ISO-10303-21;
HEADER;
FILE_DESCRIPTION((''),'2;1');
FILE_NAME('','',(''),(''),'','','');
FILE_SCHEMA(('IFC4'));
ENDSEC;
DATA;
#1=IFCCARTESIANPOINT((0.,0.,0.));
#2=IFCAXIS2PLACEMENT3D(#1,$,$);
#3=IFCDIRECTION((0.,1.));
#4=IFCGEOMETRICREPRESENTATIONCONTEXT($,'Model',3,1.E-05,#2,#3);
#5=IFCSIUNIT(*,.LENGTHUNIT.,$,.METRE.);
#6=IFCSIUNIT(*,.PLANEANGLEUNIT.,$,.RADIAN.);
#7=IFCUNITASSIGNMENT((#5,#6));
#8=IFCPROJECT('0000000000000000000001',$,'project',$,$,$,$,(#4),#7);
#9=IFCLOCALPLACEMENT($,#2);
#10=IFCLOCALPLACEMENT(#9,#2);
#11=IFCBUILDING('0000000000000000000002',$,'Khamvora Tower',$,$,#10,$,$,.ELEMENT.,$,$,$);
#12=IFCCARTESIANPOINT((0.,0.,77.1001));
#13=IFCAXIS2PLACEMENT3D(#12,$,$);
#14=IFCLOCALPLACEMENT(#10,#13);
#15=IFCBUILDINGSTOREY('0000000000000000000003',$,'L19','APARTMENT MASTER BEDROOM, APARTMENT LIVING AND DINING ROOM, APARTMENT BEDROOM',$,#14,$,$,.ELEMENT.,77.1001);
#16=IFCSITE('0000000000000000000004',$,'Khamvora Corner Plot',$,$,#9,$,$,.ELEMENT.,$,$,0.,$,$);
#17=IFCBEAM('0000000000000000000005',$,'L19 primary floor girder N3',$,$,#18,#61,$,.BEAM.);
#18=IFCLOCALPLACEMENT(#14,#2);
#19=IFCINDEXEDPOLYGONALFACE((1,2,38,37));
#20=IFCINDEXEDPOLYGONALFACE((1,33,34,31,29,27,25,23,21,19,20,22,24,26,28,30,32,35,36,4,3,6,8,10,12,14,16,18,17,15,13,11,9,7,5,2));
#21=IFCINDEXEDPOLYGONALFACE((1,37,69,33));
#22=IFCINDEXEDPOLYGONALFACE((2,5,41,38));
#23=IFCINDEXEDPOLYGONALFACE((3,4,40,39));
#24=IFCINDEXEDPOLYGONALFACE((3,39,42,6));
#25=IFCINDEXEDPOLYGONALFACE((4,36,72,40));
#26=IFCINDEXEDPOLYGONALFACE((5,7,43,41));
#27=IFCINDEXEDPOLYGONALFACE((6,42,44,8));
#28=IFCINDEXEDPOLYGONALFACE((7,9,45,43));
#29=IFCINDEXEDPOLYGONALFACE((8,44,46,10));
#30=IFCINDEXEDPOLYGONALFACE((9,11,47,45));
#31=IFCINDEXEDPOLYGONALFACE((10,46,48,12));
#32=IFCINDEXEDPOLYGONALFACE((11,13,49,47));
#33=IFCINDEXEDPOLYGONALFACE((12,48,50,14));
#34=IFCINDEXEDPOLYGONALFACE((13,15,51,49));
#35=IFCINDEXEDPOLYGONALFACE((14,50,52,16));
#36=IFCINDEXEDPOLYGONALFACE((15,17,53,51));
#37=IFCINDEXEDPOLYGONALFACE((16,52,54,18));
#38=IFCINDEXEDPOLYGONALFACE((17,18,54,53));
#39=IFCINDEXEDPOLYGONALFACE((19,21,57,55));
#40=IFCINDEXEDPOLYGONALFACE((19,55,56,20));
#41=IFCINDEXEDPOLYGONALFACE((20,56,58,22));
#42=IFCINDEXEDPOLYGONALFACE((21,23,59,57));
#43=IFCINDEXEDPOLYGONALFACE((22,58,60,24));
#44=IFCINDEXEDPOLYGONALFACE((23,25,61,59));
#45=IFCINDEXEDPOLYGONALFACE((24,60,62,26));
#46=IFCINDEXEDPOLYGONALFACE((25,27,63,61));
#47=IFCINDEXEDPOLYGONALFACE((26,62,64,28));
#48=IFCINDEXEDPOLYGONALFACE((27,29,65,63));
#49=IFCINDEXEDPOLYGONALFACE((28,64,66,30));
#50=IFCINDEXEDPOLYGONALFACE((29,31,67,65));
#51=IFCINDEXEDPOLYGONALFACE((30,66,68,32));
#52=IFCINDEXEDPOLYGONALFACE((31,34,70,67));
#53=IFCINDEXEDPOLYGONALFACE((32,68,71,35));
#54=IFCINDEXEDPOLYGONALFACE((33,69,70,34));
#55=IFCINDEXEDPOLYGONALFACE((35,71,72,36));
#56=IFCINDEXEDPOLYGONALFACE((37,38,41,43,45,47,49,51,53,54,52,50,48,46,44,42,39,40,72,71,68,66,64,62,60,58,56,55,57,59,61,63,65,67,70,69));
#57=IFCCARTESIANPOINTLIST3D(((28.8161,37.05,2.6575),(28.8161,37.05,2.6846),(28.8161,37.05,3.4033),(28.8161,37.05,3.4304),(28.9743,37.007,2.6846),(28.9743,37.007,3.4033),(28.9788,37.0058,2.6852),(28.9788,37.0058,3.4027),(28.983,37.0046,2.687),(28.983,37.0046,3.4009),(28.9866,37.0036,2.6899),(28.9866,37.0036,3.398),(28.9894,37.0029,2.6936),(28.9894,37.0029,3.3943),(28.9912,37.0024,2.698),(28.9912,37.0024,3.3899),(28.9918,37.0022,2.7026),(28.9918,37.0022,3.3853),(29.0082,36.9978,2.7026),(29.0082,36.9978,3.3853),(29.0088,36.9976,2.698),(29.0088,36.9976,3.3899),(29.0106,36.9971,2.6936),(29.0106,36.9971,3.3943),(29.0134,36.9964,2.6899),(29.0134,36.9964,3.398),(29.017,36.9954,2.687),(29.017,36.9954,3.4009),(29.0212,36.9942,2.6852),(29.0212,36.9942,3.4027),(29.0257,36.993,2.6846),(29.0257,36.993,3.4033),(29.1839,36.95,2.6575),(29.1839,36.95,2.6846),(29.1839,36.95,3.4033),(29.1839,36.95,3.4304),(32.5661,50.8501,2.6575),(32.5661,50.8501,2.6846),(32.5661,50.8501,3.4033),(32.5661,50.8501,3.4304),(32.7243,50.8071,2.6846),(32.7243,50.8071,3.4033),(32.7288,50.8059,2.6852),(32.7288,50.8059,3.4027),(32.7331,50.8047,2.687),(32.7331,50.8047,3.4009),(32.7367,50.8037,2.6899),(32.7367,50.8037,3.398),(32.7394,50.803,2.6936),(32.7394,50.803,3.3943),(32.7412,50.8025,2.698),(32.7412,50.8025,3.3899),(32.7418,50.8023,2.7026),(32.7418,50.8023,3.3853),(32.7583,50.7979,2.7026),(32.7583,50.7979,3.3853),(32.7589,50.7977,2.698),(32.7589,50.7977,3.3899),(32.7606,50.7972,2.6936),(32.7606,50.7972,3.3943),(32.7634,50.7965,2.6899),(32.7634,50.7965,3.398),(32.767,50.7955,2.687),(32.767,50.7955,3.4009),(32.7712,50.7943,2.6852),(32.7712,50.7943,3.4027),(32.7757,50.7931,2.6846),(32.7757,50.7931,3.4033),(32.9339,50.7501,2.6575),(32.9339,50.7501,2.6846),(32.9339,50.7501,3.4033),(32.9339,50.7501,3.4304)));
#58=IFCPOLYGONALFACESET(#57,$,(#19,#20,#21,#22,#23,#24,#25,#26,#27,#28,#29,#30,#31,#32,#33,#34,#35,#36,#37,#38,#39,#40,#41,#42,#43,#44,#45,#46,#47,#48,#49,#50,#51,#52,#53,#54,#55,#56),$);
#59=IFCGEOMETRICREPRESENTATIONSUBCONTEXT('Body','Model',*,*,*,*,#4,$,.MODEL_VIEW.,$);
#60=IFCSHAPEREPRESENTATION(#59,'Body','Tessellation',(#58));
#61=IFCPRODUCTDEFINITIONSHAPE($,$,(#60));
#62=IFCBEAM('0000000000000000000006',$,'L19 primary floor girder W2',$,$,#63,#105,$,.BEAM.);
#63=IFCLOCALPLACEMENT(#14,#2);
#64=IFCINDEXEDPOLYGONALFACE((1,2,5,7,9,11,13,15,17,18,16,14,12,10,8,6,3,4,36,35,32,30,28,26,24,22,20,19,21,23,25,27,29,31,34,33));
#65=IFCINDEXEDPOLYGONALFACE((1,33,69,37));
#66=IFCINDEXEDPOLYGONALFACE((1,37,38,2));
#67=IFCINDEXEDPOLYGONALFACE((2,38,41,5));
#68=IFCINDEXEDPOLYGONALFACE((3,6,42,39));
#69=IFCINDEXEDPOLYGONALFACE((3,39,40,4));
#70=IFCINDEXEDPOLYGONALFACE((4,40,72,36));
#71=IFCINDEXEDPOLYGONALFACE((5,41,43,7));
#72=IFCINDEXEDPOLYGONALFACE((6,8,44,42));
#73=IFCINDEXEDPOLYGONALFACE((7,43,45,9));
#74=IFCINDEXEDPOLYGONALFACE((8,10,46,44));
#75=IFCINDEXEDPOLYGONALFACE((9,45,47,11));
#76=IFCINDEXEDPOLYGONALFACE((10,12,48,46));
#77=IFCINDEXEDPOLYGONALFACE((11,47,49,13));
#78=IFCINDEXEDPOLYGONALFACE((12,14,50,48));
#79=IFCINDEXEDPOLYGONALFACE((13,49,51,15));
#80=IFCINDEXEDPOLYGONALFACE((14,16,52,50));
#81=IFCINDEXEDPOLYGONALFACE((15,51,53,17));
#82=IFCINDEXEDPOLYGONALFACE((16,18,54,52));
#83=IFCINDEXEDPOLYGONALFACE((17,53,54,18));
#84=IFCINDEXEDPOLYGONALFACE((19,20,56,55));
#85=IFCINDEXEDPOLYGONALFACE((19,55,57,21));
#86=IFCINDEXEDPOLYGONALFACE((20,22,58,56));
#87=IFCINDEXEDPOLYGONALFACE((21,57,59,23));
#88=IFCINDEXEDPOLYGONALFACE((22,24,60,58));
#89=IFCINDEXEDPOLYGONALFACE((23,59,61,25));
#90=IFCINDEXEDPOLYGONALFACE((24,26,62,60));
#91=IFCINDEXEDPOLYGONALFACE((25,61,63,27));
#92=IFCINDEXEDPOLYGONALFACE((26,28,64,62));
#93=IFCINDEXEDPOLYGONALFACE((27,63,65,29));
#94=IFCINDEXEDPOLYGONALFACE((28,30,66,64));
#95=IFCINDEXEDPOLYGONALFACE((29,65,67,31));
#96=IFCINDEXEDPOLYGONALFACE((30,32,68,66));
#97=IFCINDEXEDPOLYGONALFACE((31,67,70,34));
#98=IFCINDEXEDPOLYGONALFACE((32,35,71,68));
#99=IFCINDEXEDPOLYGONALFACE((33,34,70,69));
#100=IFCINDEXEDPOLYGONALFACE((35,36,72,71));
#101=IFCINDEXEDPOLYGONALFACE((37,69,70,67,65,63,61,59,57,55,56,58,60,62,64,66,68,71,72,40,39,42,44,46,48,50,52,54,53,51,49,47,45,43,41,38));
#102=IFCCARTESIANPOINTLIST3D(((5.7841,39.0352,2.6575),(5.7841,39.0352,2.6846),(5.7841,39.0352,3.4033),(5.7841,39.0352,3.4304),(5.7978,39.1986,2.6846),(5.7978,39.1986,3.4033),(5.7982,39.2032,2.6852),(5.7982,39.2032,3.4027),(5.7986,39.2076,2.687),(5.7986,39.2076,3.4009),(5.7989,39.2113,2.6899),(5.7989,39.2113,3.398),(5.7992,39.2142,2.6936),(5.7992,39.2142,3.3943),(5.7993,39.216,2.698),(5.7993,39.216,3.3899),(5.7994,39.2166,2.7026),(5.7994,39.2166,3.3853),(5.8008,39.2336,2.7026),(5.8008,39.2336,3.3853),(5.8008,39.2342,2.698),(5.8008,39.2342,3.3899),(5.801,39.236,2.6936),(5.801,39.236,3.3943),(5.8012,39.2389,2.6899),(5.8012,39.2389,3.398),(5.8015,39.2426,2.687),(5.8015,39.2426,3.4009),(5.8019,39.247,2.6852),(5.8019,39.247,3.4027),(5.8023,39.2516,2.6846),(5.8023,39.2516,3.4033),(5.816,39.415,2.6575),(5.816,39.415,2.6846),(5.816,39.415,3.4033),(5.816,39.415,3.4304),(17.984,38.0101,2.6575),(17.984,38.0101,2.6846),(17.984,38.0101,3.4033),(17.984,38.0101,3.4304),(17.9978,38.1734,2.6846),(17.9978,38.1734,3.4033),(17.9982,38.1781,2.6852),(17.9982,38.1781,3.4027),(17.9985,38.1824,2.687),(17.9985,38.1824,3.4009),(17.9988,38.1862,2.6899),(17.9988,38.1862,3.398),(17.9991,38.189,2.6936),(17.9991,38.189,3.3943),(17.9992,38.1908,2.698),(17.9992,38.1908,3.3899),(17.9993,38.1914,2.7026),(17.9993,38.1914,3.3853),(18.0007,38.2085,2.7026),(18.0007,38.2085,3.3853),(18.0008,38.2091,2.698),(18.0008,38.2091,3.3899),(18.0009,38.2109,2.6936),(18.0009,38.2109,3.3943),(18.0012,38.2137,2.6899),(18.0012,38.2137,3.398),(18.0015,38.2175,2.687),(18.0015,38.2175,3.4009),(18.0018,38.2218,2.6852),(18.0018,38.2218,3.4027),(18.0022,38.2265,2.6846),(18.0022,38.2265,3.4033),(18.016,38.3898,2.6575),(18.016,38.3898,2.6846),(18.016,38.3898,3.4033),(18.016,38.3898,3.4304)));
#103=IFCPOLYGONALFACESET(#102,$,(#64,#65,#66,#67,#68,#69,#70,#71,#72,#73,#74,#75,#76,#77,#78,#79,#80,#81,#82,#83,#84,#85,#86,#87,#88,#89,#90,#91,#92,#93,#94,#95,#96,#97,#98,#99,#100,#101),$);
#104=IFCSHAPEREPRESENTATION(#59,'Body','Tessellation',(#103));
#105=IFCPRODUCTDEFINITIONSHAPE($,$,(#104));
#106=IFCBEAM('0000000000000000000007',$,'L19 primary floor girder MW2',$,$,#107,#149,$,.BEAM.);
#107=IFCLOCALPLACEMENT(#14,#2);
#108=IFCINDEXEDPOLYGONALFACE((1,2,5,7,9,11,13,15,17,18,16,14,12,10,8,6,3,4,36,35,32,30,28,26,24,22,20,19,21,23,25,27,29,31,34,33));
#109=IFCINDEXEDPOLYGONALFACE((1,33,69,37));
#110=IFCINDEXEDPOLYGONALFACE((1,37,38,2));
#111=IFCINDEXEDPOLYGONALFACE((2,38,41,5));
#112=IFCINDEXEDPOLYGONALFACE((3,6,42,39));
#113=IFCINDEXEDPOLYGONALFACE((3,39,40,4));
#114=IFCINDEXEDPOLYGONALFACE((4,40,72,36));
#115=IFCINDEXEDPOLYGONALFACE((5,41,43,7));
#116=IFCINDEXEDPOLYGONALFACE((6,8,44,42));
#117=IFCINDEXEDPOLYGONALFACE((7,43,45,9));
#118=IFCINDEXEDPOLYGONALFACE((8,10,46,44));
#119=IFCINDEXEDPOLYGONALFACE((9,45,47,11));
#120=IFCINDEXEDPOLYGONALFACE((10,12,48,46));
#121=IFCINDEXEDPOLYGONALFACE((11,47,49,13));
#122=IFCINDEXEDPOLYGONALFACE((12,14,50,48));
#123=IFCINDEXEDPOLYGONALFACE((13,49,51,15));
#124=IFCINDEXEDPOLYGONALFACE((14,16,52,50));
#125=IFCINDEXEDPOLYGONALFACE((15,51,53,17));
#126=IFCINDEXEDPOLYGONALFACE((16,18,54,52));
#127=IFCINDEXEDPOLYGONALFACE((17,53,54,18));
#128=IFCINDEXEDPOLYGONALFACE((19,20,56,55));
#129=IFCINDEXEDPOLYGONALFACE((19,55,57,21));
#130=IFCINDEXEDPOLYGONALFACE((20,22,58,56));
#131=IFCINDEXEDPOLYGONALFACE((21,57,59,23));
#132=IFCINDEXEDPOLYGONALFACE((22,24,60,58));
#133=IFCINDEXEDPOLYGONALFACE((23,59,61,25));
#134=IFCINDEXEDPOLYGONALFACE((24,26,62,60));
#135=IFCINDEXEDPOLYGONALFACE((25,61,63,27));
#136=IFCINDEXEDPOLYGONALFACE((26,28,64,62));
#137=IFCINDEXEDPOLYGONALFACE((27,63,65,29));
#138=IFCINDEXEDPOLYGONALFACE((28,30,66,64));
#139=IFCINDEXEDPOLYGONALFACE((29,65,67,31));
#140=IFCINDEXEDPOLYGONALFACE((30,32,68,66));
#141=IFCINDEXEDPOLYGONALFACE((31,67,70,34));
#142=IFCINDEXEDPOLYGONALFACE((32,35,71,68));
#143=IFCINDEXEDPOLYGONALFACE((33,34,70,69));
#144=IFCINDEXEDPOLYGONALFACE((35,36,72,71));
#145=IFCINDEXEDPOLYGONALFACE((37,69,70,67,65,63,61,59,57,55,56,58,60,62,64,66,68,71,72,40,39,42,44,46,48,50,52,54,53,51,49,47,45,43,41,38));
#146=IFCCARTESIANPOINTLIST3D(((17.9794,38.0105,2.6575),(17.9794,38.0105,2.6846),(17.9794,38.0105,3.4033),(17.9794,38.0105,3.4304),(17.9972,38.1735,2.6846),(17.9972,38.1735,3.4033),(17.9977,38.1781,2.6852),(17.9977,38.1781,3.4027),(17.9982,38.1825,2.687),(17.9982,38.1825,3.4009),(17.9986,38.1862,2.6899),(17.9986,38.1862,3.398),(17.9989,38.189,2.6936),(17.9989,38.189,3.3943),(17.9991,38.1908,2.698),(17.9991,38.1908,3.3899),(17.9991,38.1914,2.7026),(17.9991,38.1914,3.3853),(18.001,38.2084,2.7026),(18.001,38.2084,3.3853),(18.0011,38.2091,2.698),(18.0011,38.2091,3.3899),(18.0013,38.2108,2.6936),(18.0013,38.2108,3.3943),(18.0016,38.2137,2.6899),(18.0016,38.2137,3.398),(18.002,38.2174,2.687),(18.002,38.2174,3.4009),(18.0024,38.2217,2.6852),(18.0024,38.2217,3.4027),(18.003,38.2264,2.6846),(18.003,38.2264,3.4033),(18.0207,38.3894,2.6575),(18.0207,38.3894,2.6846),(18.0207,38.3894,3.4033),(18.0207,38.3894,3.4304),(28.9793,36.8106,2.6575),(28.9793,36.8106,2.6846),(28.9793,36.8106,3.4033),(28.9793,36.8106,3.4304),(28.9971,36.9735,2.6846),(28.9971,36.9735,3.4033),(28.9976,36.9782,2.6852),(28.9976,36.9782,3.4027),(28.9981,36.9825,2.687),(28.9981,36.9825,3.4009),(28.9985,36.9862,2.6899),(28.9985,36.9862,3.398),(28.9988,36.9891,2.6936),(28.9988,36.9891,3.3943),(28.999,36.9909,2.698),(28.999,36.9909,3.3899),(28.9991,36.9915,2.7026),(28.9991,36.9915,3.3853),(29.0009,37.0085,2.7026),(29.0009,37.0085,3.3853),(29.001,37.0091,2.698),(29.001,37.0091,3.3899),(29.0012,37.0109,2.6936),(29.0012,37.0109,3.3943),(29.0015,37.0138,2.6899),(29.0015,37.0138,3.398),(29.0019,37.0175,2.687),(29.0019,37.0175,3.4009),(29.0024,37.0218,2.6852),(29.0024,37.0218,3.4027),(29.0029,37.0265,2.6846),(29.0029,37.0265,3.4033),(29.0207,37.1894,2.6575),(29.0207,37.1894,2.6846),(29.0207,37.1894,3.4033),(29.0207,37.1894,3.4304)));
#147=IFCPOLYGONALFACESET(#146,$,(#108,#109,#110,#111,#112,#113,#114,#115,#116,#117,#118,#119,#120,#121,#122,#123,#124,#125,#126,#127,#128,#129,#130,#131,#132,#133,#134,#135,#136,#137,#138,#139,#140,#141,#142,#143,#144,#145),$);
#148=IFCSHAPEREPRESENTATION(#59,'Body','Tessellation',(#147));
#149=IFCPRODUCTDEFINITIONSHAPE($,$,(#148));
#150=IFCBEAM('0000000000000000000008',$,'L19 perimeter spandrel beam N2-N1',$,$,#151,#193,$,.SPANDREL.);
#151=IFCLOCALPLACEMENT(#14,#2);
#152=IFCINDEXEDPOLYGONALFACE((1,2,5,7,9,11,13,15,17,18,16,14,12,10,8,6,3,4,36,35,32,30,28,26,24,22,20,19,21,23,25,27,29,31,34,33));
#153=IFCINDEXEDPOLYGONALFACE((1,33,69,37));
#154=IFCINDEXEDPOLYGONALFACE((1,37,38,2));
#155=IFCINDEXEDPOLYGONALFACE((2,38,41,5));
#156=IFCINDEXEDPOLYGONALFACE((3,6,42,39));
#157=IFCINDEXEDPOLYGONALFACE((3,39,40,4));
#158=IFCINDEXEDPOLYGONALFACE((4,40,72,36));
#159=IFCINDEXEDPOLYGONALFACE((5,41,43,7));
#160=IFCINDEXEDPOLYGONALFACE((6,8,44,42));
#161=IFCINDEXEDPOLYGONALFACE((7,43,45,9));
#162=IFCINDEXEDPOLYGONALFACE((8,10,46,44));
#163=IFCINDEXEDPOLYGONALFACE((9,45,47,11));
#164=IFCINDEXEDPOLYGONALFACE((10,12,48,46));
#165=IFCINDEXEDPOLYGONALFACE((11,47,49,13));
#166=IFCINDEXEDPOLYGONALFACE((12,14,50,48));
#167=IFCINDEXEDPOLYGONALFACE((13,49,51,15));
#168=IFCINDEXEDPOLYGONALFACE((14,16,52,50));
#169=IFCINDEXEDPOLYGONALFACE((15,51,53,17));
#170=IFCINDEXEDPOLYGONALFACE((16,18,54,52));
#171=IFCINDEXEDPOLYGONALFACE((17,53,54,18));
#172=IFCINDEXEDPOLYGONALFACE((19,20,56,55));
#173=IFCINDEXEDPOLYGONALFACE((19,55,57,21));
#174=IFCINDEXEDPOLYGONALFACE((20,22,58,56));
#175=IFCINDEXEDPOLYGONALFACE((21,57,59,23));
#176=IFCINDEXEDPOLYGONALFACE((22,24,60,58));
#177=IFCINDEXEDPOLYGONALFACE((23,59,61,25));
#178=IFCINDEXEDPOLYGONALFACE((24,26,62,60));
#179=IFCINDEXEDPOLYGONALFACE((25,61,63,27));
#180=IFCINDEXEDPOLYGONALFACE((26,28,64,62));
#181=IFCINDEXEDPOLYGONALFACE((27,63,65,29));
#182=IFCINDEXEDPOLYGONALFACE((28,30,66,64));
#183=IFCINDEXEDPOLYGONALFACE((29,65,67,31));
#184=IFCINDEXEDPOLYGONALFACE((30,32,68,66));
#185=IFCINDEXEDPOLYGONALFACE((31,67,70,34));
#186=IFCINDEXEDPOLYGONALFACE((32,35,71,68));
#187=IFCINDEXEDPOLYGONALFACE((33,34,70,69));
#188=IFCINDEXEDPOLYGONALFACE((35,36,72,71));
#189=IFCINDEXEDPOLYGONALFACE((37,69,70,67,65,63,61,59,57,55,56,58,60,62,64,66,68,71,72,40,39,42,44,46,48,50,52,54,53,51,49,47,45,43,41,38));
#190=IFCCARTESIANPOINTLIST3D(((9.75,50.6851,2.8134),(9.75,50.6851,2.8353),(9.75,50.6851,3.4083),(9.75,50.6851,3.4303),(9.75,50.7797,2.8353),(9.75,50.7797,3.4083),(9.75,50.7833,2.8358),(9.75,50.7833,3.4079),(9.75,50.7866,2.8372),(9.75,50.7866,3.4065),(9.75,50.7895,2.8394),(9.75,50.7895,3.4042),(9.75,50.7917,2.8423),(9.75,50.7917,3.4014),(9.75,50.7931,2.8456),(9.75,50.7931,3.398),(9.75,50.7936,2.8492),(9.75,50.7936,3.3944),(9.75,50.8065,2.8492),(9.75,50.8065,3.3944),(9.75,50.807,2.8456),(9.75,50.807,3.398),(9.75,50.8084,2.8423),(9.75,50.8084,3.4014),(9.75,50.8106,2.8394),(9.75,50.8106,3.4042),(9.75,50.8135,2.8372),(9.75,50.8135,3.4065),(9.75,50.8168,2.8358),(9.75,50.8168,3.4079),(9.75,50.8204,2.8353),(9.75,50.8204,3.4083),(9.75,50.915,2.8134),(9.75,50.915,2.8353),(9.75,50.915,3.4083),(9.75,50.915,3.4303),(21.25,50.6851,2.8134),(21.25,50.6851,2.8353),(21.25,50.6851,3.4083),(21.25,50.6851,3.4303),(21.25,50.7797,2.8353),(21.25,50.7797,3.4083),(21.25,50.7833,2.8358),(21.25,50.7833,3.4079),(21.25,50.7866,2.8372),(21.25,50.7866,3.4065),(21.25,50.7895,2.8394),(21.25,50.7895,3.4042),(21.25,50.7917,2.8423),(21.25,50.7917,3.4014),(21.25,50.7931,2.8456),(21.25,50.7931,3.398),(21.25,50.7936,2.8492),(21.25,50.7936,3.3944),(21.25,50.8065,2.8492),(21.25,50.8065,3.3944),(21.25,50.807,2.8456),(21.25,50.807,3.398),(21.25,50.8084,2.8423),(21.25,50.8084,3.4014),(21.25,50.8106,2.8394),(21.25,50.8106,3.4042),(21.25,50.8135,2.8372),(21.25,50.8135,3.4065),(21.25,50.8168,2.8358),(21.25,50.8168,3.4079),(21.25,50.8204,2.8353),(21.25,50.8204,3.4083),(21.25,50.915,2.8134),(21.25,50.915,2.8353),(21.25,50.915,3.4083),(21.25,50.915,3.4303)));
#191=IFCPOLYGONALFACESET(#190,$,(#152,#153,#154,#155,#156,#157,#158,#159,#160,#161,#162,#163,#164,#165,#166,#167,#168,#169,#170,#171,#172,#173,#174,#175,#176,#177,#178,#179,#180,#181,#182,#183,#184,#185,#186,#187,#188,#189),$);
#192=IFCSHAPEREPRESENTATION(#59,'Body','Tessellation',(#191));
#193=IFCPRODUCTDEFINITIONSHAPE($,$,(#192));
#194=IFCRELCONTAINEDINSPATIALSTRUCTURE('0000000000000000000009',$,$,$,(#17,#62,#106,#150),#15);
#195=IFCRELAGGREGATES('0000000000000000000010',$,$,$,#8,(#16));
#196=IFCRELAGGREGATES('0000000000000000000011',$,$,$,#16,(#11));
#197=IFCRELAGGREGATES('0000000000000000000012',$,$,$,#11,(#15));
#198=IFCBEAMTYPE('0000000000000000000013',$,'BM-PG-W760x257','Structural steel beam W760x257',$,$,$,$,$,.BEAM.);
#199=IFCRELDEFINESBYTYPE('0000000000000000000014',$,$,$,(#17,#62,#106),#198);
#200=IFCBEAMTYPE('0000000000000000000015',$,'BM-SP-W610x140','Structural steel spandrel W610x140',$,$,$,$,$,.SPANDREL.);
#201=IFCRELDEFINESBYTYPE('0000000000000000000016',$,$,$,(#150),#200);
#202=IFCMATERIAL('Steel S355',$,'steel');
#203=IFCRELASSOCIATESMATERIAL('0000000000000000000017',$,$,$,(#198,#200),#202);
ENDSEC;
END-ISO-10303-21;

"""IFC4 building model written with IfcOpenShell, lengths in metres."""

from ifc_helpers import new_model, si_unit, direction, frame, origin, origin_2d, place, context, subcontext, project, spatial, i_section, extrude, material, material_profile, profile_set, type_object, element, save


model = new_model("IFC4")

# Units and contexts
model_context = context("Model", 3, precision=1e-05, world=origin(), true_north=direction((0.0, 1.0)))
body_context = subcontext(model_context, "Body", "Model", "MODEL_VIEW")
ifc_project = project(units=[si_unit("LENGTHUNIT", "METRE"), si_unit("PLANEANGLEUNIT", "RADIAN")], contexts=[model_context])

# Site, building, storey
site_placement = place(None, origin())
site = spatial("IfcSite", under=ifc_project, at=site_placement, Name="Khamvora Corner Plot", CompositionType="ELEMENT", RefElevation=0.0)
building_placement = place(site_placement, origin())
building = spatial("IfcBuilding", under=site, at=building_placement, Name="Khamvora Tower", CompositionType="ELEMENT")
storey_placement = place(building_placement, frame((0.0, 0.0, 77.1001)))
storey = spatial("IfcBuildingStorey", under=building, at=storey_placement, Name="L19", Description="APARTMENT MASTER BEDROOM, APARTMENT LIVING AND DINING ROOM, APARTMENT BEDROOM", CompositionType="ELEMENT", Elevation=77.1001)

# Shared definitions
ifc_material_1 = material(Name="Steel S355", Category="steel")

# Beams
ifc_material_profile_1 = material_profile(ifc_material_1, i_section(OverallWidth=0.3811, OverallDepth=0.7729, WebThickness=0.0171, FlangeThickness=0.0271, FilletRadius=0.0181, at=origin_2d()), Name="W760x257")
ifc_profile_set_1 = profile_set([ifc_material_profile_1], Name="Steel S355")
beam_type_1 = type_object("IfcBeamType", Name="BM-PG-W760x257", Description="Structural steel beam W760x257", PredefinedType="BEAM", material=ifc_profile_set_1)
beam_1_placement = place(storey_placement, frame((29.0, 37.0, 3.0439), z_axis=(0.262229, 0.965006, 0.0), x_axis=(-0.965006, 0.262229, 0.0)))
element("IfcBeam", 1, at=beam_1_placement, inside=storey, type_object=beam_type_1, Name="L19 primary floor girder N3", PredefinedType="BEAM", context=body_context, shape_type="SweptSolid", body=[
    extrude(i_section(OverallWidth=0.3811, OverallDepth=0.7729, WebThickness=0.0171, FlangeThickness=0.0271, FilletRadius=0.0181, at=origin_2d()), origin(), (0.0, 0.0, 1.0), 14.3005),
])
beam_2_placement = place(storey_placement, frame((18.0, 38.2, 3.0439), z_axis=(-0.996488, 0.083734, 0.0), x_axis=(-0.083734, -0.996488, 0.0)))
element("IfcBeam", 2, at=beam_2_placement, inside=storey, type_object=beam_type_1, Name="L19 primary floor girder W2", PredefinedType="BEAM", context=body_context, shape_type="SweptSolid", body=[
    extrude(i_section(OverallWidth=0.3811, OverallDepth=0.7729, WebThickness=0.0171, FlangeThickness=0.0271, FilletRadius=0.0181, at=origin_2d()), origin(), (0.0, 0.0, 1.0), 12.2429),
])
beam_3_placement = place(storey_placement, frame((29.0, 37.0, 3.0439), z_axis=(-0.994103, 0.108443, 0.0), x_axis=(-0.108443, -0.994103, 0.0)))
element("IfcBeam", 3, at=beam_3_placement, inside=storey, type_object=beam_type_1, Name="L19 primary floor girder MW2", PredefinedType="BEAM", context=body_context, shape_type="SweptSolid", body=[
    extrude(i_section(OverallWidth=0.3811, OverallDepth=0.7729, WebThickness=0.0171, FlangeThickness=0.0271, FilletRadius=0.0181, at=origin_2d()), origin(), (0.0, 0.0, 1.0), 11.0652),
])
ifc_material_profile_2 = material_profile(ifc_material_1, i_section(OverallWidth=0.23, OverallDepth=0.6169, WebThickness=0.0129, FlangeThickness=0.022, FilletRadius=0.0139, at=origin_2d()), Name="W610x140")
ifc_profile_set_2 = profile_set([ifc_material_profile_2], Name="Steel S355")
beam_type_2 = type_object("IfcBeamType", Name="BM-SP-W610x140", Description="Structural steel spandrel W610x140", PredefinedType="SPANDREL", material=ifc_profile_set_2)
beam_4_placement = place(storey_placement, frame((21.25, 50.8, 3.1218), z_axis=(-1.0, 0.0, 0.0), x_axis=(0.0, -1.0, 0.0)))
element("IfcBeam", 4, at=beam_4_placement, inside=storey, type_object=beam_type_2, Name="L19 perimeter spandrel beam N2-N1", PredefinedType="SPANDREL", context=body_context, shape_type="SweptSolid", body=[
    extrude(i_section(OverallWidth=0.23, OverallDepth=0.6169, WebThickness=0.0129, FlangeThickness=0.022, FilletRadius=0.0139, at=origin_2d()), origin(), (0.0, 0.0, 1.0), 11.5),
])

save(model, "model.ifc")
